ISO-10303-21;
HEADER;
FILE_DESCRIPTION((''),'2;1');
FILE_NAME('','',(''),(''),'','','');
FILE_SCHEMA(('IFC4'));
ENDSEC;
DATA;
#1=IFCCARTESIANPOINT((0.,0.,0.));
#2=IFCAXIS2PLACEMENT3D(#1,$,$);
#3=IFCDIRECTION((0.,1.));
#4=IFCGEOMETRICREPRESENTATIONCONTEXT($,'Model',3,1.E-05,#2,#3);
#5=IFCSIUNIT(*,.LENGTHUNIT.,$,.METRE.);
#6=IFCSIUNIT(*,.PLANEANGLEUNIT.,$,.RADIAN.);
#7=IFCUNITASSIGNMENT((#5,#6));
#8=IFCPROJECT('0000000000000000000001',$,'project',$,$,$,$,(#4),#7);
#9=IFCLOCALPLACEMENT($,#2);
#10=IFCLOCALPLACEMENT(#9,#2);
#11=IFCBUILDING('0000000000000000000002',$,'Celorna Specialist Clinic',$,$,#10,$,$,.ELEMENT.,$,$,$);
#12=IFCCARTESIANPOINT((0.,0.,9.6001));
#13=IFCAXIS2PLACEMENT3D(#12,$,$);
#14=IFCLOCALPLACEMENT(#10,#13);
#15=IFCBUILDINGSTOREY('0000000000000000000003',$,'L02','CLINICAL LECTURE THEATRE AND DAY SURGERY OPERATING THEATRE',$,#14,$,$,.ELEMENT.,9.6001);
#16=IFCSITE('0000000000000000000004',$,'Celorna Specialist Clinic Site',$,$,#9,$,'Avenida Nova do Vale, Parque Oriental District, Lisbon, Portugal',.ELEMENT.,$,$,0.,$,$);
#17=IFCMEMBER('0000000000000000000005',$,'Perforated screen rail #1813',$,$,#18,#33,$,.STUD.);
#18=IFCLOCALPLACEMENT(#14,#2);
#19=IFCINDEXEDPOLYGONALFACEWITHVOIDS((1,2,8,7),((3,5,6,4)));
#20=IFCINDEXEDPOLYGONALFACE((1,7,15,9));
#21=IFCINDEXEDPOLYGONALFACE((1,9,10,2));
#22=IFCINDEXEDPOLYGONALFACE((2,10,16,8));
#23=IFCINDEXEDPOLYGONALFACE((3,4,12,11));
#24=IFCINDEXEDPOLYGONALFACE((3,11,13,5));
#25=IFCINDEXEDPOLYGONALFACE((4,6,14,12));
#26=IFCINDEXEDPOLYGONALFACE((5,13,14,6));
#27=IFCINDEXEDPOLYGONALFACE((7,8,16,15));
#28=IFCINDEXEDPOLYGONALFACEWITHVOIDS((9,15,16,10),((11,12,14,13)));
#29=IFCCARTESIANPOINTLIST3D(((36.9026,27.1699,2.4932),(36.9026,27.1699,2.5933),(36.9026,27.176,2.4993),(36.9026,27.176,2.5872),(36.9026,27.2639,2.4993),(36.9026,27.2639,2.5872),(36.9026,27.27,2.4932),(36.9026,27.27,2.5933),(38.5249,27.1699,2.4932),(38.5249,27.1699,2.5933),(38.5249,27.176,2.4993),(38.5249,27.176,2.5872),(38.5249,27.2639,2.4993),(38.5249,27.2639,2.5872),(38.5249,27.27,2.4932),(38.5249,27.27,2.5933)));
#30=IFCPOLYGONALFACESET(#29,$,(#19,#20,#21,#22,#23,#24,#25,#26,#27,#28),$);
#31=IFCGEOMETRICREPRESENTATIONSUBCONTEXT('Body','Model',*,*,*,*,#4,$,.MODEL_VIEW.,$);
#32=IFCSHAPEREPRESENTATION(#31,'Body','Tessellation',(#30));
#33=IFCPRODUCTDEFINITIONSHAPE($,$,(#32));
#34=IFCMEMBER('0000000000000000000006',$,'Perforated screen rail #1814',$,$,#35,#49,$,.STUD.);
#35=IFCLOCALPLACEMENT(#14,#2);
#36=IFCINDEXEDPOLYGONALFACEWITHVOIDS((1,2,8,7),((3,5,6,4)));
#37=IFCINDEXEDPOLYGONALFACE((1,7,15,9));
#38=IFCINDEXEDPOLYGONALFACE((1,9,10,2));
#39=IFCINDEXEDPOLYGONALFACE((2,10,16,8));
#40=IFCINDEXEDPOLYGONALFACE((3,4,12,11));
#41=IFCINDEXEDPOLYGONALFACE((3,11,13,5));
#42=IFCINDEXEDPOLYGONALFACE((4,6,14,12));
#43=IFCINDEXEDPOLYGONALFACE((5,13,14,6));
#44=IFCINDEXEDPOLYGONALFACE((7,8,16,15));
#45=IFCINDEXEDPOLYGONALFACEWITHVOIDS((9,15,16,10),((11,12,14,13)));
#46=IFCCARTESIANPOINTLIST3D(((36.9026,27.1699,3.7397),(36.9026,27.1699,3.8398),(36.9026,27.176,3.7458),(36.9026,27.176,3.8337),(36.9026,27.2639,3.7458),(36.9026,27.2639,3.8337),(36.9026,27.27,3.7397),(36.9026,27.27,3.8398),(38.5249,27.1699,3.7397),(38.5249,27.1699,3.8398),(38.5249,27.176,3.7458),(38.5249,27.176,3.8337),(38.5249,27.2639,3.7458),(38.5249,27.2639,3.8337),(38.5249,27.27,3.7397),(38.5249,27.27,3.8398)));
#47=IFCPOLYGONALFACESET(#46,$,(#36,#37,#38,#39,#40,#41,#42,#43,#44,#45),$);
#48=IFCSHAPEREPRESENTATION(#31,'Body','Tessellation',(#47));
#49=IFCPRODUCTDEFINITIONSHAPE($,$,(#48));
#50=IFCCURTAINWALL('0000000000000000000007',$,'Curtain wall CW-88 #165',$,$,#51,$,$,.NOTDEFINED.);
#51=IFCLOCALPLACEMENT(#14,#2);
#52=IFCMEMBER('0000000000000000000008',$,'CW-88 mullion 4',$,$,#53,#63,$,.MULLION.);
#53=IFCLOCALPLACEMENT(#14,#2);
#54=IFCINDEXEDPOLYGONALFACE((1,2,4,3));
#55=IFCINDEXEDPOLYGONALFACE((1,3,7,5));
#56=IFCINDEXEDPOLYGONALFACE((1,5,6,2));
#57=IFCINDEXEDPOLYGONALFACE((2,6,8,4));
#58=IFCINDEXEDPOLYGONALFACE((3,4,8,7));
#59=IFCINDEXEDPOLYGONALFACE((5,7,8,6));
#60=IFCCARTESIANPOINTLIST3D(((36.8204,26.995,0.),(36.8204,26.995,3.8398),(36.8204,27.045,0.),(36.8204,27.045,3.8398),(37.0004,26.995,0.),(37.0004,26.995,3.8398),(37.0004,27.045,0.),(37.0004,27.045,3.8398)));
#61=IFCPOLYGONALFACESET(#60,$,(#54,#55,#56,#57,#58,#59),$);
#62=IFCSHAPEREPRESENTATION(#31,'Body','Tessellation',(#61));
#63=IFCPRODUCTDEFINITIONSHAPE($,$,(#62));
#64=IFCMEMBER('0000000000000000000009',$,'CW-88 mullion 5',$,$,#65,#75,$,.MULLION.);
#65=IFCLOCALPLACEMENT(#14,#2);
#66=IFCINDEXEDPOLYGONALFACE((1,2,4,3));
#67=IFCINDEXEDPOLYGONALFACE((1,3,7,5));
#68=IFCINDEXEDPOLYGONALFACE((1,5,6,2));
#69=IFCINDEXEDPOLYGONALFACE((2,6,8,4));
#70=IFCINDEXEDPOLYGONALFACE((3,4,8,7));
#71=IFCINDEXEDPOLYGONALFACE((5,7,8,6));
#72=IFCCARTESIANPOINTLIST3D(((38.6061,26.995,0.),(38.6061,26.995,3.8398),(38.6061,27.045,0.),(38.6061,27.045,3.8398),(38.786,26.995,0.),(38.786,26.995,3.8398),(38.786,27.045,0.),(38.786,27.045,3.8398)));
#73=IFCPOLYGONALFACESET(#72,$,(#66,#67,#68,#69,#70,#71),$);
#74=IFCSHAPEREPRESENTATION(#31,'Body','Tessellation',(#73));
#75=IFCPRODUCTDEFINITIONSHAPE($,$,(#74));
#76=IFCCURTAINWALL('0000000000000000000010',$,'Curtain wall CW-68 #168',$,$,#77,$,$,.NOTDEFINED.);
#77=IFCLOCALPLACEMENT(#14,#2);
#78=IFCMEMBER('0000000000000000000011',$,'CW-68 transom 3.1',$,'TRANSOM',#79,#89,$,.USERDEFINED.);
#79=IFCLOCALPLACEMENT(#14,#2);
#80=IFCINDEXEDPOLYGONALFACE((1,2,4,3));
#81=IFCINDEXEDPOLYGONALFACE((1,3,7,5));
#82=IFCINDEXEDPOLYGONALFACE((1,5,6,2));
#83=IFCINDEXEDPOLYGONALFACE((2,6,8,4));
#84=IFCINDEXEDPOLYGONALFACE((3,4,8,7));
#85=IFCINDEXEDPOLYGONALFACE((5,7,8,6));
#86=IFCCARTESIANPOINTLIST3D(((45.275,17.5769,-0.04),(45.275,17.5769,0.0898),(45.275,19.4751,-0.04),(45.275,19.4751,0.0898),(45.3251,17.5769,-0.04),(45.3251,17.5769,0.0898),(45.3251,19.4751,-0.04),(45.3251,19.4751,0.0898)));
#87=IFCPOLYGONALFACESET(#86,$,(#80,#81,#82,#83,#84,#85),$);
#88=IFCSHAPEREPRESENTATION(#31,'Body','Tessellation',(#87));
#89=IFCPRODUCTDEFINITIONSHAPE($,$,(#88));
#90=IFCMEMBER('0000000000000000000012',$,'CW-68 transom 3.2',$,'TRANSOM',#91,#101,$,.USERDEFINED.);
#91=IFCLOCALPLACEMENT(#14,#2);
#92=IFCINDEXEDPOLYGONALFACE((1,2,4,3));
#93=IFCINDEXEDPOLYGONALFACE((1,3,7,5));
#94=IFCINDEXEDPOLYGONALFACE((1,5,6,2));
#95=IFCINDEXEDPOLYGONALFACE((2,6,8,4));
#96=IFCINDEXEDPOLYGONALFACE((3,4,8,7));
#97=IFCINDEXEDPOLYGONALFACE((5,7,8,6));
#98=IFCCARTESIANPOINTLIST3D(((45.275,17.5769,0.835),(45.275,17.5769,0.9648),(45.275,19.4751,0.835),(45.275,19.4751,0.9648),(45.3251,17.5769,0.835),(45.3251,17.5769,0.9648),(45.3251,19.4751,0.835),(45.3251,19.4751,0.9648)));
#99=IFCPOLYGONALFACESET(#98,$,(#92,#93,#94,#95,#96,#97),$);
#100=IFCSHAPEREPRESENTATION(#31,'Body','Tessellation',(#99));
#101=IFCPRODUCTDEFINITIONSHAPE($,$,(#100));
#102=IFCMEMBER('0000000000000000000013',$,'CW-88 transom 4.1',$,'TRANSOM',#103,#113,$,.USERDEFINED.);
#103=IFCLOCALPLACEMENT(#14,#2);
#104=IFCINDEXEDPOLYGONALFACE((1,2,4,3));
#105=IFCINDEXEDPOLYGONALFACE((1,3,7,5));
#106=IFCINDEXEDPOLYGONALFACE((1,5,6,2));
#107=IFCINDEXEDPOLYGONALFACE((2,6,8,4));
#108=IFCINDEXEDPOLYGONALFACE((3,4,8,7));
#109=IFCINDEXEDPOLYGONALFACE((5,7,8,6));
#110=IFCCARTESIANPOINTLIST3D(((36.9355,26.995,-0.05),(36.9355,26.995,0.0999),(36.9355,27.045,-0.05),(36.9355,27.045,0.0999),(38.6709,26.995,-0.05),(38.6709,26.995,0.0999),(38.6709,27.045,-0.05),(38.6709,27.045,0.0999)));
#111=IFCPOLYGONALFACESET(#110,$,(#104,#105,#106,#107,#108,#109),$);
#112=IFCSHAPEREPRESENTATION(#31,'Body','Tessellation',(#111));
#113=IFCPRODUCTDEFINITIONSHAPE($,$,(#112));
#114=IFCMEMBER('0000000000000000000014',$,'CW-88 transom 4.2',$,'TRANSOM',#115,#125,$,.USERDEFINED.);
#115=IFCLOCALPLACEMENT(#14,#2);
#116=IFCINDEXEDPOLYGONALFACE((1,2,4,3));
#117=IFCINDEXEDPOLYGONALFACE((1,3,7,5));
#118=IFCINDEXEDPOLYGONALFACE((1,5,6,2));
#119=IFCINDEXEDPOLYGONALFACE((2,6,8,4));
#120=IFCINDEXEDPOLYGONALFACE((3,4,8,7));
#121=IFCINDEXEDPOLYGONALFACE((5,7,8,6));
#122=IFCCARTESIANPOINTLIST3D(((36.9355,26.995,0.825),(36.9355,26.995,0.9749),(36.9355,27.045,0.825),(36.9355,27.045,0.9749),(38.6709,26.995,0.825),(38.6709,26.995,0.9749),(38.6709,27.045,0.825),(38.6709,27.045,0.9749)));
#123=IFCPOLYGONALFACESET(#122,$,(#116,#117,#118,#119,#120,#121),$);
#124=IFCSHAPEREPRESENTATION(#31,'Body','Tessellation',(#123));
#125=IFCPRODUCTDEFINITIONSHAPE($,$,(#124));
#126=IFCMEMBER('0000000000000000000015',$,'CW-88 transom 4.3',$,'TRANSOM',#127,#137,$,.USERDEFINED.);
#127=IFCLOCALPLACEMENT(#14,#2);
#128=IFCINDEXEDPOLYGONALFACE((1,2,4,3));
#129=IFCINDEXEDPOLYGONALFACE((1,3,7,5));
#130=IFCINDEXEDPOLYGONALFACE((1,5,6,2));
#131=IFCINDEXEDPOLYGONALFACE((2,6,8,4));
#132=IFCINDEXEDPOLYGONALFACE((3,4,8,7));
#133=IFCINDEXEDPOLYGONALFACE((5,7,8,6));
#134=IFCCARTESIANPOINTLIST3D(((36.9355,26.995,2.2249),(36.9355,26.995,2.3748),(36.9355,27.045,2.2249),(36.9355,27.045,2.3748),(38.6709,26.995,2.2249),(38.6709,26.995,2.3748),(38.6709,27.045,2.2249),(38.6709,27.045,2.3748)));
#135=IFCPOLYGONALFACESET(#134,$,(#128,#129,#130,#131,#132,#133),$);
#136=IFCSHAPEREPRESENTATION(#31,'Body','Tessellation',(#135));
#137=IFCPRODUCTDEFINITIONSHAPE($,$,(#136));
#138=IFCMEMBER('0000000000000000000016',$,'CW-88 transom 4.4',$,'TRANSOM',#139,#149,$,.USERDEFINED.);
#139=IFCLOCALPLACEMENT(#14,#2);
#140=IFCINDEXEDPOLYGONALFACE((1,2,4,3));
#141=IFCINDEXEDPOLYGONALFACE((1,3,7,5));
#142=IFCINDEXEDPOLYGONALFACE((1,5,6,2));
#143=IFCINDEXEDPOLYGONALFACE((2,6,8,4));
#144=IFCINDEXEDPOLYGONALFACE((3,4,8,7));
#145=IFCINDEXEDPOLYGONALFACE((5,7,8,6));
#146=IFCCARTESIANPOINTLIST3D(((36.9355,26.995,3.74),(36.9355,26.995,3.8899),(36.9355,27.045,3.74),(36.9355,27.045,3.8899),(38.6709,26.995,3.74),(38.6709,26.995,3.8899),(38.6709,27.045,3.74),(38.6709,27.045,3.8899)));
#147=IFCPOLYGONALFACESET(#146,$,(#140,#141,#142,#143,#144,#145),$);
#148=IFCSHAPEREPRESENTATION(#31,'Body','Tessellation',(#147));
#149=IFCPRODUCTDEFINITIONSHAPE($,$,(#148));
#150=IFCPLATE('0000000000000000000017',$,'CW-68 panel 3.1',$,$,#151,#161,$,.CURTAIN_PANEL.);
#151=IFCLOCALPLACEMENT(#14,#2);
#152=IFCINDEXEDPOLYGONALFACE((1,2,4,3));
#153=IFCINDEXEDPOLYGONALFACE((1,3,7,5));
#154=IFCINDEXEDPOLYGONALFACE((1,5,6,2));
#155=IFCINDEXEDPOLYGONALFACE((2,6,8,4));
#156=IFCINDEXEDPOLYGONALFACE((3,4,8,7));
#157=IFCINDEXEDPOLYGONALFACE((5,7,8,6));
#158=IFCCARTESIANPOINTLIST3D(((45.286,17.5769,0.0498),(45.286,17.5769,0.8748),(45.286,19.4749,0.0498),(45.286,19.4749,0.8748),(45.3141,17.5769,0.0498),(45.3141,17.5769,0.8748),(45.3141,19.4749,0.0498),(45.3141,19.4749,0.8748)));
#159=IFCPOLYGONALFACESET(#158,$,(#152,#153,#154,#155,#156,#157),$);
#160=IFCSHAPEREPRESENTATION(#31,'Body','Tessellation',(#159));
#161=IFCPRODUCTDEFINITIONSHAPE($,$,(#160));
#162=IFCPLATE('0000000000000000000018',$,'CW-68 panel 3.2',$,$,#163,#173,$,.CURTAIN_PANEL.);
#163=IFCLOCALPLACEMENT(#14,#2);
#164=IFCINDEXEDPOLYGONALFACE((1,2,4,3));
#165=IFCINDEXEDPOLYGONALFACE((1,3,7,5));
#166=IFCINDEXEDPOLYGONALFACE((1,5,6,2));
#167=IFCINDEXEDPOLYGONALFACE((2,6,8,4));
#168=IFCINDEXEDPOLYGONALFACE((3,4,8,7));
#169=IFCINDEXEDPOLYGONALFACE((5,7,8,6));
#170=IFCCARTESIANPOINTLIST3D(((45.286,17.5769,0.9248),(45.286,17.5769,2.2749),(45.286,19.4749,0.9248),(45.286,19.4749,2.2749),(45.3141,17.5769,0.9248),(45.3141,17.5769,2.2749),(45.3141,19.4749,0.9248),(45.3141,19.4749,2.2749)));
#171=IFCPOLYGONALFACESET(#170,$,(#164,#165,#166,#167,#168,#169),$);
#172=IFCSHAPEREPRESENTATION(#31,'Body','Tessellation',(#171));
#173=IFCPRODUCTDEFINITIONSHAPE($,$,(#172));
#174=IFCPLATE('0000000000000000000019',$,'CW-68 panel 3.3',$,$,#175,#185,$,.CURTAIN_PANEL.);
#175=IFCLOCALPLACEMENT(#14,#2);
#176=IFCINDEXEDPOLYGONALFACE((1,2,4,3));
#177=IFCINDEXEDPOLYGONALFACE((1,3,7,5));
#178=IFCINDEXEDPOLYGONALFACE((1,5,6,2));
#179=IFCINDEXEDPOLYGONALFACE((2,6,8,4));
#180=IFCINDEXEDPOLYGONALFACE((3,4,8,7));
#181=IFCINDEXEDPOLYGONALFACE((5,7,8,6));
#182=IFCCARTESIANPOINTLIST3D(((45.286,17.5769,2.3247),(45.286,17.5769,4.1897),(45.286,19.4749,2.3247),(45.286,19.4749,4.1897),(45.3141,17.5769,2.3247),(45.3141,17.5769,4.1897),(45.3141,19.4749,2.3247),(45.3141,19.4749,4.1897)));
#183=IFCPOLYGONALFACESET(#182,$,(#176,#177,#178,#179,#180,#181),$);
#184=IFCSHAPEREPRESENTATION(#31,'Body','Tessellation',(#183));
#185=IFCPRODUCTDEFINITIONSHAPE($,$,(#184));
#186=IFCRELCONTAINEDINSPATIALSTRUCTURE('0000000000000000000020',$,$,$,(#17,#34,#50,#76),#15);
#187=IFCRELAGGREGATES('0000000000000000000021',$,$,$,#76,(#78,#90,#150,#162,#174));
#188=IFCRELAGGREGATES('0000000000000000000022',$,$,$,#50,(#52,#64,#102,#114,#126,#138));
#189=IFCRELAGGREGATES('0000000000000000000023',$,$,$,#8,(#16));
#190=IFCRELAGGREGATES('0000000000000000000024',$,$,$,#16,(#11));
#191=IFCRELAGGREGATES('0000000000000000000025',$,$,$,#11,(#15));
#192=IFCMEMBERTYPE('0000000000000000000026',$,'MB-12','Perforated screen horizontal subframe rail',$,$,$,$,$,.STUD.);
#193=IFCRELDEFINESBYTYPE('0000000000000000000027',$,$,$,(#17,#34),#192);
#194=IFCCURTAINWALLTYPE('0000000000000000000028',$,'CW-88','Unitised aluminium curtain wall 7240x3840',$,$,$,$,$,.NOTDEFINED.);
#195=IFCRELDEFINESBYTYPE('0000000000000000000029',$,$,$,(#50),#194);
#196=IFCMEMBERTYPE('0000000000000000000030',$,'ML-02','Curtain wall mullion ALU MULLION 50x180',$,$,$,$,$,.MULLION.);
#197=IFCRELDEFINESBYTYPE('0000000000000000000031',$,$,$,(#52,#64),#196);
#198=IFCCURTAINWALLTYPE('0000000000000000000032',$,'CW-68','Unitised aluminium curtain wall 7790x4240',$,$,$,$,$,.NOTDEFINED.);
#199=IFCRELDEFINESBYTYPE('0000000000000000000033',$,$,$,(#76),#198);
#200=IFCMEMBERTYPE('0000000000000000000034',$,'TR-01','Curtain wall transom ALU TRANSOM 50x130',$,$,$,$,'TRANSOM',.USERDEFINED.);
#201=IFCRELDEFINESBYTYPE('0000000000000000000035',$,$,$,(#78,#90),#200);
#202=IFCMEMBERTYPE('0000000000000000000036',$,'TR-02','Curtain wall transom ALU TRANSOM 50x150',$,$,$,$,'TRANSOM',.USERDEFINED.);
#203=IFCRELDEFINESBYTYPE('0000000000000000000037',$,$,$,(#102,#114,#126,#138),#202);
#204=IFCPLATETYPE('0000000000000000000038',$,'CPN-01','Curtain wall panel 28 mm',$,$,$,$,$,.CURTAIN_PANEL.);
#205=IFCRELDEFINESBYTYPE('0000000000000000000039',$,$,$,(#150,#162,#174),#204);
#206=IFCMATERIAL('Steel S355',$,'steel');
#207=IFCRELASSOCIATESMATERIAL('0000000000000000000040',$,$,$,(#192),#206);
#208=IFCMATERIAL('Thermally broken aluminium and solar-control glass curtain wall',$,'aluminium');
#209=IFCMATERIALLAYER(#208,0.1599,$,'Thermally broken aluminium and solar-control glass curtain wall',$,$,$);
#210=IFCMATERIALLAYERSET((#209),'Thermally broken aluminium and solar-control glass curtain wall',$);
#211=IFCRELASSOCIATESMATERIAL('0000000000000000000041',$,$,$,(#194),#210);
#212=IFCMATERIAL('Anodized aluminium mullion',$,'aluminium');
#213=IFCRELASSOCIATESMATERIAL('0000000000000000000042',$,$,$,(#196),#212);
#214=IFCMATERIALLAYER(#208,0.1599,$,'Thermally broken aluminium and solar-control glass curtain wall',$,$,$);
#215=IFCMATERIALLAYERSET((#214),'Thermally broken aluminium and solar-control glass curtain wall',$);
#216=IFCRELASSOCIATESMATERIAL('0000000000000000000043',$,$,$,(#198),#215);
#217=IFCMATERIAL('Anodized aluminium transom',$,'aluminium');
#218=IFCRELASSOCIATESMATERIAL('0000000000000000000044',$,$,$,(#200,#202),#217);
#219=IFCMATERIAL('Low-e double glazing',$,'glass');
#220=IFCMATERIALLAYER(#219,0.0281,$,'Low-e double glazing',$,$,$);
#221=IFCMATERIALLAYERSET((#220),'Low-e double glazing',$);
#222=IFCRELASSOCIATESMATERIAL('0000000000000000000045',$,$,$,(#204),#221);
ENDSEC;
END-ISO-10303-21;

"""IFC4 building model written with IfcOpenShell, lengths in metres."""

from ifc_helpers import new_model, si_unit, direction, frame, origin, origin_2d, place, context, subcontext, project, spatial, rectangle, hollow_rectangle, extrude, material, layer, layer_set, material_profile, profile_set, type_object, element, aggregate, save


model = new_model("IFC4")

# Units and contexts
model_context = context("Model", 3, precision=1e-05, world=origin(), true_north=direction((0.0, 1.0)))
body_context = subcontext(model_context, "Body", "Model", "MODEL_VIEW")
ifc_project = project(units=[si_unit("LENGTHUNIT", "METRE"), si_unit("PLANEANGLEUNIT", "RADIAN")], contexts=[model_context])

# Site, building, storey
site_placement = place(None, origin())
site = spatial("IfcSite", under=ifc_project, at=site_placement, Name="Celorna Specialist Clinic Site", LongName="Avenida Nova do Vale, Parque Oriental District, Lisbon, Portugal", CompositionType="ELEMENT", RefElevation=0.0)
building_placement = place(site_placement, origin())
building = spatial("IfcBuilding", under=site, at=building_placement, Name="Celorna Specialist Clinic", CompositionType="ELEMENT")
storey_placement = place(building_placement, frame((0.0, 0.0, 9.6001)))
storey = spatial("IfcBuildingStorey", under=building, at=storey_placement, Name="L02", Description="CLINICAL LECTURE THEATRE AND DAY SURGERY OPERATING THEATRE", CompositionType="ELEMENT", Elevation=9.6001)

# Shared definitions
ifc_material_1 = material(Name="Steel S355", Category="steel")

# Members
ifc_material_profile_1 = material_profile(ifc_material_1, hollow_rectangle(XDim=0.1001, YDim=0.1001, WallThickness=0.0061, at=origin_2d()), Name="SHS 100x100x6")
ifc_profile_set_1 = profile_set([ifc_material_profile_1], Name="Steel S355")
member_type_1 = type_object("IfcMemberType", Name="MB-12", Description="Perforated screen horizontal subframe rail", PredefinedType="STUD", material=ifc_profile_set_1)
for number, where, z_axis, x_axis, name in (
    (1, (36.9026, 27.22, 2.5432), (1.0, 0.0, 0.0), (0.0, 1.0, 0.0), "Perforated screen rail #1813"),
    (2, (36.9026, 27.22, 3.7898), (1.0, 0.0, 0.0), (0.0, 1.0, 0.0), "Perforated screen rail #1814"),
):
    element("IfcMember", number, at=place(storey_placement, frame(where, z_axis=z_axis, x_axis=x_axis)), inside=storey, type_object=member_type_1, Name=name, PredefinedType="STUD", context=body_context, shape_type="SweptSolid", body=[
        extrude(hollow_rectangle(XDim=0.1001, YDim=0.1001, WallThickness=0.0061, at=origin_2d()), origin(), (0.0, 0.0, 1.0), 1.6223),
    ])

# Curtain walls, members
ifc_material_2 = material(Name="Thermally broken aluminium and solar-control glass curtain wall", Category="aluminium")
ifc_layer_1 = layer(ifc_material_2, 0.1599, Name="Thermally broken aluminium and solar-control glass curtain wall")
ifc_layer_set_1 = layer_set([ifc_layer_1], Name="Thermally broken aluminium and solar-control glass curtain wall")
curtain_wall_type_1 = type_object("IfcCurtainWallType", Name="CW-88", Description="Unitised aluminium curtain wall 7240x3840", PredefinedType="NOTDEFINED", material=ifc_layer_set_1)
curtain_wall_1_placement = place(storey_placement, origin())
curtain_wall_1 = element("IfcCurtainWall", 3, at=curtain_wall_1_placement, inside=storey, type_object=curtain_wall_type_1, Name="Curtain wall CW-88 #165", PredefinedType="NOTDEFINED")
ifc_material_3 = material(Name="Anodized aluminium mullion", Category="aluminium")
ifc_material_profile_2 = material_profile(ifc_material_3, rectangle(XDim=0.05, YDim=0.1799, at=origin_2d()), Name="ALU MULLION 50x180")
ifc_profile_set_2 = profile_set([ifc_material_profile_2], Name="Anodized aluminium mullion")
member_type_2 = type_object("IfcMemberType", Name="ML-02", Description="Curtain wall mullion ALU MULLION 50x180", PredefinedType="MULLION", material=ifc_profile_set_2)
member_1_placement = place(storey_placement, frame((36.9104, 27.02, 0.0), z_axis=(0.0, 0.0, 1.0), x_axis=(0.0, 1.0, 0.0)))
member_1 = element("IfcMember", 4, at=member_1_placement, type_object=member_type_2, Name="CW-88 mullion 4", PredefinedType="MULLION", context=body_context, shape_type="SweptSolid", body=[
    extrude(rectangle(XDim=0.05, YDim=0.1799, at=origin_2d()), origin(), (0.0, 0.0, 1.0), 3.8398),
])
member_2_placement = place(storey_placement, frame((38.696, 27.02, 0.0), z_axis=(0.0, 0.0, 1.0), x_axis=(0.0, 1.0, 0.0)))
member_2 = element("IfcMember", 5, at=member_2_placement, type_object=member_type_2, Name="CW-88 mullion 5", PredefinedType="MULLION", context=body_context, shape_type="SweptSolid", body=[
    extrude(rectangle(XDim=0.05, YDim=0.1799, at=origin_2d()), origin(), (0.0, 0.0, 1.0), 3.8398),
])
ifc_layer_2 = layer(ifc_material_2, 0.1599, Name="Thermally broken aluminium and solar-control glass curtain wall")
ifc_layer_set_2 = layer_set([ifc_layer_2], Name="Thermally broken aluminium and solar-control glass curtain wall")
curtain_wall_type_2 = type_object("IfcCurtainWallType", Name="CW-68", Description="Unitised aluminium curtain wall 7790x4240", PredefinedType="NOTDEFINED", material=ifc_layer_set_2)
curtain_wall_2_placement = place(storey_placement, origin())
curtain_wall_2 = element("IfcCurtainWall", 6, at=curtain_wall_2_placement, inside=storey, type_object=curtain_wall_type_2, Name="Curtain wall CW-68 #168", PredefinedType="NOTDEFINED")
ifc_material_4 = material(Name="Anodized aluminium transom", Category="aluminium")
ifc_material_profile_3 = material_profile(ifc_material_4, rectangle(XDim=0.05, YDim=0.1299, at=origin_2d()), Name="ALU TRANSOM 50x130")
ifc_profile_set_3 = profile_set([ifc_material_profile_3], Name="Anodized aluminium transom")
member_type_3 = type_object("IfcMemberType", Name="TR-01", Description="Curtain wall transom ALU TRANSOM 50x130", ElementType="TRANSOM", PredefinedType="USERDEFINED", material=ifc_profile_set_3)
member_3_placement = place(storey_placement, frame((45.3, 19.4751, 0.0249), z_axis=(0.0, -1.0, 0.0), x_axis=(1.0, 0.0, 0.0)))
member_3 = element("IfcMember", 7, at=member_3_placement, type_object=member_type_3, Name="CW-68 transom 3.1", ObjectType="TRANSOM", PredefinedType="USERDEFINED", context=body_context, shape_type="SweptSolid", body=[
    extrude(rectangle(XDim=0.05, YDim=0.1299, at=origin_2d()), origin(), (0.0, 0.0, 1.0), 1.8982),
])
member_4_placement = place(storey_placement, frame((45.3, 19.4751, 0.8999), z_axis=(0.0, -1.0, 0.0), x_axis=(1.0, 0.0, 0.0)))
member_4 = element("IfcMember", 8, at=member_4_placement, type_object=member_type_3, Name="CW-68 transom 3.2", ObjectType="TRANSOM", PredefinedType="USERDEFINED", context=body_context, shape_type="SweptSolid", body=[
    extrude(rectangle(XDim=0.05, YDim=0.1299, at=origin_2d()), origin(), (0.0, 0.0, 1.0), 1.8982),
])

# Members
ifc_material_profile_4 = material_profile(ifc_material_4, rectangle(XDim=0.05, YDim=0.1499, at=origin_2d()), Name="ALU TRANSOM 50x150")
ifc_profile_set_4 = profile_set([ifc_material_profile_4], Name="Anodized aluminium transom")
member_type_4 = type_object("IfcMemberType", Name="TR-02", Description="Curtain wall transom ALU TRANSOM 50x150", ElementType="TRANSOM", PredefinedType="USERDEFINED", material=ifc_profile_set_4)
member_5_placement = place(storey_placement, frame((36.9355, 27.02, 0.0249), z_axis=(1.0, 0.0, 0.0), x_axis=(0.0, 1.0, 0.0)))
member_5 = element("IfcMember", 9, at=member_5_placement, type_object=member_type_4, Name="CW-88 transom 4.1", ObjectType="TRANSOM", PredefinedType="USERDEFINED", context=body_context, shape_type="SweptSolid", body=[
    extrude(rectangle(XDim=0.05, YDim=0.1499, at=origin_2d()), origin(), (0.0, 0.0, 1.0), 1.7354),
])
member_6_placement = place(storey_placement, frame((36.9355, 27.02, 0.8999), z_axis=(1.0, 0.0, 0.0), x_axis=(0.0, 1.0, 0.0)))
member_6 = element("IfcMember", 10, at=member_6_placement, type_object=member_type_4, Name="CW-88 transom 4.2", ObjectType="TRANSOM", PredefinedType="USERDEFINED", context=body_context, shape_type="SweptSolid", body=[
    extrude(rectangle(XDim=0.05, YDim=0.1499, at=origin_2d()), origin(), (0.0, 0.0, 1.0), 1.7354),
])
member_7_placement = place(storey_placement, frame((36.9355, 27.02, 2.2998), z_axis=(1.0, 0.0, 0.0), x_axis=(0.0, 1.0, 0.0)))
member_7 = element("IfcMember", 11, at=member_7_placement, type_object=member_type_4, Name="CW-88 transom 4.3", ObjectType="TRANSOM", PredefinedType="USERDEFINED", context=body_context, shape_type="SweptSolid", body=[
    extrude(rectangle(XDim=0.05, YDim=0.1499, at=origin_2d()), origin(), (0.0, 0.0, 1.0), 1.7354),
])
member_8_placement = place(storey_placement, frame((36.9355, 27.02, 3.8149), z_axis=(1.0, 0.0, 0.0), x_axis=(0.0, 1.0, 0.0)))
member_8 = element("IfcMember", 12, at=member_8_placement, type_object=member_type_4, Name="CW-88 transom 4.4", ObjectType="TRANSOM", PredefinedType="USERDEFINED", context=body_context, shape_type="SweptSolid", body=[
    extrude(rectangle(XDim=0.05, YDim=0.1499, at=origin_2d()), origin(), (0.0, 0.0, 1.0), 1.7354),
])

# Plates
ifc_material_5 = material(Name="Low-e double glazing", Category="glass")
ifc_layer_3 = layer(ifc_material_5, 0.0281, Name="Low-e double glazing")
ifc_layer_set_3 = layer_set([ifc_layer_3], Name="Low-e double glazing")
plate_type_1 = type_object("IfcPlateType", Name="CPN-01", Description="Curtain wall panel 28 mm", PredefinedType="CURTAIN_PANEL", material=ifc_layer_set_3)
plate_1_placement = place(storey_placement, frame((45.3, 18.5259, 0.0498), z_axis=(0.0, 0.0, 1.0), x_axis=(0.0, -1.0, 0.0)))
plate_1 = element("IfcPlate", 13, at=plate_1_placement, type_object=plate_type_1, Name="CW-68 panel 3.1", PredefinedType="CURTAIN_PANEL", context=body_context, shape_type="SweptSolid", body=[
    extrude(rectangle(XDim=1.8979, YDim=0.0281, at=origin_2d()), origin(), (0.0, 0.0, 1.0), 0.825),
])
plate_2_placement = place(storey_placement, frame((45.3, 18.5259, 0.9248), z_axis=(0.0, 0.0, 1.0), x_axis=(0.0, -1.0, 0.0)))
plate_2 = element("IfcPlate", 14, at=plate_2_placement, type_object=plate_type_1, Name="CW-68 panel 3.2", PredefinedType="CURTAIN_PANEL", context=body_context, shape_type="SweptSolid", body=[
    extrude(rectangle(XDim=1.8979, YDim=0.0281, at=origin_2d()), origin(), (0.0, 0.0, 1.0), 1.3501),
])
plate_3_placement = place(storey_placement, frame((45.3, 18.5259, 2.3247), z_axis=(0.0, 0.0, 1.0), x_axis=(0.0, -1.0, 0.0)))
plate_3 = element("IfcPlate", 15, at=plate_3_placement, type_object=plate_type_1, Name="CW-68 panel 3.3", PredefinedType="CURTAIN_PANEL", context=body_context, shape_type="SweptSolid", body=[
    extrude(rectangle(XDim=1.8979, YDim=0.0281, at=origin_2d()), origin(), (0.0, 0.0, 1.0), 1.865),
])
aggregate(curtain_wall_2, [member_3, member_4, plate_1, plate_2, plate_3])
aggregate(curtain_wall_1, [member_1, member_2, member_5, member_6, member_7, member_8])

save(model, "model.ifc")
